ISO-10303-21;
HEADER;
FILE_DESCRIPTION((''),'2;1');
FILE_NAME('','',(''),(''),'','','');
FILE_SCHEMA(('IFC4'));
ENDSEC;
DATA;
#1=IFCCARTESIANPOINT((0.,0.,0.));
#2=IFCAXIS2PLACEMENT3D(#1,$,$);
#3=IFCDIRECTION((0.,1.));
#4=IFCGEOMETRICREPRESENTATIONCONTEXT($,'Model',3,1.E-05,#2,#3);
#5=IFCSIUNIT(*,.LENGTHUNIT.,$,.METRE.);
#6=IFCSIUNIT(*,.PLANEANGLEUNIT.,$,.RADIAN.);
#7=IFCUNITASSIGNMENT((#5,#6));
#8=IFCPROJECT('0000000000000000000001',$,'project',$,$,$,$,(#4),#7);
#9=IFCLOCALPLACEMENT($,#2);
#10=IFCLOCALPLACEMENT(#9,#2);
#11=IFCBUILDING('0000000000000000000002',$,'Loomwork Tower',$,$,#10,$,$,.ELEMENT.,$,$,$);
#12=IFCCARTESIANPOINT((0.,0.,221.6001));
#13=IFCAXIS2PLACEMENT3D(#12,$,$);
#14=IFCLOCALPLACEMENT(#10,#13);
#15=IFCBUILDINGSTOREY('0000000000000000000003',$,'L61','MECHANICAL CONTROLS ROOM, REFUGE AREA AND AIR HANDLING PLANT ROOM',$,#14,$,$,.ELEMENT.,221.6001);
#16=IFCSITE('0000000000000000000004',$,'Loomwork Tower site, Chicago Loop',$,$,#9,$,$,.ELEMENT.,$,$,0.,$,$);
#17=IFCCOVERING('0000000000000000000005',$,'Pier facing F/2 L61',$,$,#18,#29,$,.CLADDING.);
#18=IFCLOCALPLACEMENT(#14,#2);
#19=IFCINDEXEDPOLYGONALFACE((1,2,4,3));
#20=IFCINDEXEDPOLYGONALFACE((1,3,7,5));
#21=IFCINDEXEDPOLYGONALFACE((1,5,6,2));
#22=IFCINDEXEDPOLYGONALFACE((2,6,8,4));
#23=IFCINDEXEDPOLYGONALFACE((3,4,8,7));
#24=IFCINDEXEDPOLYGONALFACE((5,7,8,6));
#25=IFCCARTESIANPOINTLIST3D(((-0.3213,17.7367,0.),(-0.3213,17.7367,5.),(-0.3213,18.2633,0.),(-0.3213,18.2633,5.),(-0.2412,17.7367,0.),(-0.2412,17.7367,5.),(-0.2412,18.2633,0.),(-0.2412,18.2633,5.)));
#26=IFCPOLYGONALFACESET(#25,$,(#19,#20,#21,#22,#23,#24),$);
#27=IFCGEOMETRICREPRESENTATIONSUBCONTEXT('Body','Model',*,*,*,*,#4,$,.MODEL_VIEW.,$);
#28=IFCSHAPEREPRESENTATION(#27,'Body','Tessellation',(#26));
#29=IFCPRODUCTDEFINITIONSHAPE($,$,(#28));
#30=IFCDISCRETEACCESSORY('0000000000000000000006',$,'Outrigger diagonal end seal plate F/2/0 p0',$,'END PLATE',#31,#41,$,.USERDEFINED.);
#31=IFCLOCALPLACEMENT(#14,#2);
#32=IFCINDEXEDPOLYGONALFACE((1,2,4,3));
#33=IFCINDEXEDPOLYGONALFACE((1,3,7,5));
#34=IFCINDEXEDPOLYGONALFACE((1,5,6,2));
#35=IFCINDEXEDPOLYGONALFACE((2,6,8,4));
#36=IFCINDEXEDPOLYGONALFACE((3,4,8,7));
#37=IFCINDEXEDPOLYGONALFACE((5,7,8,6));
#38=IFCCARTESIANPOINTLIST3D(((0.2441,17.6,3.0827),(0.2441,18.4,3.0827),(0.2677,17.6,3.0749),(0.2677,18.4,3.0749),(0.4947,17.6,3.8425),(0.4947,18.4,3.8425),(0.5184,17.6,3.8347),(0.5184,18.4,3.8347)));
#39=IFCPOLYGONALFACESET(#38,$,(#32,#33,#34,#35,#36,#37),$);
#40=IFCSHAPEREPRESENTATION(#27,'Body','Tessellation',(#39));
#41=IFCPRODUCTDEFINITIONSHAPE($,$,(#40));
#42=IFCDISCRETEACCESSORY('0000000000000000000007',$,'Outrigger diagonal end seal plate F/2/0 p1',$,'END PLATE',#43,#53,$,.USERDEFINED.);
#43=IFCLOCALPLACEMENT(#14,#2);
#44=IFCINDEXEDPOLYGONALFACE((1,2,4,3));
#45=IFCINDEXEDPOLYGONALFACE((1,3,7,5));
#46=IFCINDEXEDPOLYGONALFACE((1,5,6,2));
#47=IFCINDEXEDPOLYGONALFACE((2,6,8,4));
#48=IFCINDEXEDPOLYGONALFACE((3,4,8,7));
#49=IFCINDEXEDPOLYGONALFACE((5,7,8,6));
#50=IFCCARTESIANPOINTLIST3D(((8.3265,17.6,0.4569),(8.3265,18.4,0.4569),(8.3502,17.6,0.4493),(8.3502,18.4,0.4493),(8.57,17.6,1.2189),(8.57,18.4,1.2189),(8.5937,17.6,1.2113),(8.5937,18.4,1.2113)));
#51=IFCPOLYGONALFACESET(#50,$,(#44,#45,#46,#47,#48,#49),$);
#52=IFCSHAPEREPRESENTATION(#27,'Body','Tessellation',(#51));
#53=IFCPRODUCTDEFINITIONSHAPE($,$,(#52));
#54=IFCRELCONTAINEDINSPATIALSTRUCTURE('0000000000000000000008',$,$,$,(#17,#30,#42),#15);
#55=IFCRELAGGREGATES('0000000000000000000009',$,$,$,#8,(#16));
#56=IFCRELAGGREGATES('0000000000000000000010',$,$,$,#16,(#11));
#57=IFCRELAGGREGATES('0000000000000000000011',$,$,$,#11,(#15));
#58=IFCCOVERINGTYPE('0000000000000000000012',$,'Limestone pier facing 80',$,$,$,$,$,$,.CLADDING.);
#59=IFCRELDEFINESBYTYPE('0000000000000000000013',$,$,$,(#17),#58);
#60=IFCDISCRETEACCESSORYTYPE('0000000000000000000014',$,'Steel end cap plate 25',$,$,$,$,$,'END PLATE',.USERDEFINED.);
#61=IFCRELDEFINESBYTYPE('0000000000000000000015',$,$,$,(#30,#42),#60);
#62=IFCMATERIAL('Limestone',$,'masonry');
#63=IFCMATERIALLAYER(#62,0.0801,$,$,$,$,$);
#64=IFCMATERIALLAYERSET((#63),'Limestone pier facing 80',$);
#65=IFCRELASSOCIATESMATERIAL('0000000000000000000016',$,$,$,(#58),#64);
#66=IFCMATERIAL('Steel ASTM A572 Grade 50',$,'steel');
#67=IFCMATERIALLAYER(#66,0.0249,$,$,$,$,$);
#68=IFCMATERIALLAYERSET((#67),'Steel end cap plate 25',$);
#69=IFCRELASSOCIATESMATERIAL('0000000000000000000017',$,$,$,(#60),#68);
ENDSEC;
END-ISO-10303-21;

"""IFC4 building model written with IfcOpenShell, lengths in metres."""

from ifc_helpers import new_model, si_unit, direction, frame, origin, origin_2d, place, context, subcontext, project, spatial, rectangle, extrude, material, layer, layer_set, type_object, element, save


model = new_model("IFC4")

# Units and contexts
model_context = context("Model", 3, precision=1e-05, world=origin(), true_north=direction((0.0, 1.0)))
body_context = subcontext(model_context, "Body", "Model", "MODEL_VIEW")
ifc_project = project(units=[si_unit("LENGTHUNIT", "METRE"), si_unit("PLANEANGLEUNIT", "RADIAN")], contexts=[model_context])

# Site, building, storey
site_placement = place(None, origin())
site = spatial("IfcSite", under=ifc_project, at=site_placement, Name="Loomwork Tower site, Chicago Loop", CompositionType="ELEMENT", RefElevation=0.0)
building_placement = place(site_placement, origin())
building = spatial("IfcBuilding", under=site, at=building_placement, Name="Loomwork Tower", CompositionType="ELEMENT")
storey_placement = place(building_placement, frame((0.0, 0.0, 221.6001)))
storey = spatial("IfcBuildingStorey", under=building, at=storey_placement, Name="L61", Description="MECHANICAL CONTROLS ROOM, REFUGE AREA AND AIR HANDLING PLANT ROOM", CompositionType="ELEMENT", Elevation=221.6001)

# Covering
ifc_material_1 = material(Name="Limestone", Category="masonry")
ifc_layer_1 = layer(ifc_material_1, 0.0801)
ifc_layer_set_1 = layer_set([ifc_layer_1], Name="Limestone pier facing 80")
covering_type_1 = type_object("IfcCoveringType", Name="Limestone pier facing 80", PredefinedType="CLADDING", material=ifc_layer_set_1)
covering_1_placement = place(storey_placement, frame((-0.2812, 18.0, 0.0), z_axis=(0.0, 0.0, 1.0), x_axis=(1.0, 0.0, 0.0)))
element("IfcCovering", 1, at=covering_1_placement, inside=storey, type_object=covering_type_1, Name="Pier facing F/2 L61", PredefinedType="CLADDING", context=body_context, shape_type="SweptSolid", body=[
    extrude(rectangle(XDim=0.0801, YDim=0.5266, at=origin_2d()), origin(), (0.0, 0.0, 1.0), 5.0),
])

# Discrete accessories
ifc_material_2 = material(Name="Steel ASTM A572 Grade 50", Category="steel")
ifc_layer_2 = layer(ifc_material_2, 0.0249)
ifc_layer_set_2 = layer_set([ifc_layer_2], Name="Steel end cap plate 25")
discrete_accessory_type = type_object("IfcDiscreteAccessoryType", Name="Steel end cap plate 25", ElementType="END PLATE", PredefinedType="USERDEFINED", material=ifc_layer_set_2)
for number, where, z_axis, x_axis, name in (
    (2, (0.3931, 18.0, 3.4548), (-0.949658, 0.0, 0.313289), (0.0, -1.0, 0.0), "Outrigger diagonal end seal plate F/2/0 p0"),
    (3, (8.4482, 18.0, 0.8379), (0.952538, 0.0, -0.304419), (0.0, 1.0, 0.0), "Outrigger diagonal end seal plate F/2/0 p1"),
):
    element("IfcDiscreteAccessory", number, at=place(storey_placement, frame(where, z_axis=z_axis, x_axis=x_axis)), inside=storey, type_object=discrete_accessory_type, Name=name, ObjectType="END PLATE", PredefinedType="USERDEFINED", context=body_context, shape_type="SweptSolid", body=[
        extrude(rectangle(XDim=0.8, YDim=0.8, at=origin_2d()), origin(), (0.0, 0.0, 1.0), 0.0249),
    ])

save(model, "model.ifc")
